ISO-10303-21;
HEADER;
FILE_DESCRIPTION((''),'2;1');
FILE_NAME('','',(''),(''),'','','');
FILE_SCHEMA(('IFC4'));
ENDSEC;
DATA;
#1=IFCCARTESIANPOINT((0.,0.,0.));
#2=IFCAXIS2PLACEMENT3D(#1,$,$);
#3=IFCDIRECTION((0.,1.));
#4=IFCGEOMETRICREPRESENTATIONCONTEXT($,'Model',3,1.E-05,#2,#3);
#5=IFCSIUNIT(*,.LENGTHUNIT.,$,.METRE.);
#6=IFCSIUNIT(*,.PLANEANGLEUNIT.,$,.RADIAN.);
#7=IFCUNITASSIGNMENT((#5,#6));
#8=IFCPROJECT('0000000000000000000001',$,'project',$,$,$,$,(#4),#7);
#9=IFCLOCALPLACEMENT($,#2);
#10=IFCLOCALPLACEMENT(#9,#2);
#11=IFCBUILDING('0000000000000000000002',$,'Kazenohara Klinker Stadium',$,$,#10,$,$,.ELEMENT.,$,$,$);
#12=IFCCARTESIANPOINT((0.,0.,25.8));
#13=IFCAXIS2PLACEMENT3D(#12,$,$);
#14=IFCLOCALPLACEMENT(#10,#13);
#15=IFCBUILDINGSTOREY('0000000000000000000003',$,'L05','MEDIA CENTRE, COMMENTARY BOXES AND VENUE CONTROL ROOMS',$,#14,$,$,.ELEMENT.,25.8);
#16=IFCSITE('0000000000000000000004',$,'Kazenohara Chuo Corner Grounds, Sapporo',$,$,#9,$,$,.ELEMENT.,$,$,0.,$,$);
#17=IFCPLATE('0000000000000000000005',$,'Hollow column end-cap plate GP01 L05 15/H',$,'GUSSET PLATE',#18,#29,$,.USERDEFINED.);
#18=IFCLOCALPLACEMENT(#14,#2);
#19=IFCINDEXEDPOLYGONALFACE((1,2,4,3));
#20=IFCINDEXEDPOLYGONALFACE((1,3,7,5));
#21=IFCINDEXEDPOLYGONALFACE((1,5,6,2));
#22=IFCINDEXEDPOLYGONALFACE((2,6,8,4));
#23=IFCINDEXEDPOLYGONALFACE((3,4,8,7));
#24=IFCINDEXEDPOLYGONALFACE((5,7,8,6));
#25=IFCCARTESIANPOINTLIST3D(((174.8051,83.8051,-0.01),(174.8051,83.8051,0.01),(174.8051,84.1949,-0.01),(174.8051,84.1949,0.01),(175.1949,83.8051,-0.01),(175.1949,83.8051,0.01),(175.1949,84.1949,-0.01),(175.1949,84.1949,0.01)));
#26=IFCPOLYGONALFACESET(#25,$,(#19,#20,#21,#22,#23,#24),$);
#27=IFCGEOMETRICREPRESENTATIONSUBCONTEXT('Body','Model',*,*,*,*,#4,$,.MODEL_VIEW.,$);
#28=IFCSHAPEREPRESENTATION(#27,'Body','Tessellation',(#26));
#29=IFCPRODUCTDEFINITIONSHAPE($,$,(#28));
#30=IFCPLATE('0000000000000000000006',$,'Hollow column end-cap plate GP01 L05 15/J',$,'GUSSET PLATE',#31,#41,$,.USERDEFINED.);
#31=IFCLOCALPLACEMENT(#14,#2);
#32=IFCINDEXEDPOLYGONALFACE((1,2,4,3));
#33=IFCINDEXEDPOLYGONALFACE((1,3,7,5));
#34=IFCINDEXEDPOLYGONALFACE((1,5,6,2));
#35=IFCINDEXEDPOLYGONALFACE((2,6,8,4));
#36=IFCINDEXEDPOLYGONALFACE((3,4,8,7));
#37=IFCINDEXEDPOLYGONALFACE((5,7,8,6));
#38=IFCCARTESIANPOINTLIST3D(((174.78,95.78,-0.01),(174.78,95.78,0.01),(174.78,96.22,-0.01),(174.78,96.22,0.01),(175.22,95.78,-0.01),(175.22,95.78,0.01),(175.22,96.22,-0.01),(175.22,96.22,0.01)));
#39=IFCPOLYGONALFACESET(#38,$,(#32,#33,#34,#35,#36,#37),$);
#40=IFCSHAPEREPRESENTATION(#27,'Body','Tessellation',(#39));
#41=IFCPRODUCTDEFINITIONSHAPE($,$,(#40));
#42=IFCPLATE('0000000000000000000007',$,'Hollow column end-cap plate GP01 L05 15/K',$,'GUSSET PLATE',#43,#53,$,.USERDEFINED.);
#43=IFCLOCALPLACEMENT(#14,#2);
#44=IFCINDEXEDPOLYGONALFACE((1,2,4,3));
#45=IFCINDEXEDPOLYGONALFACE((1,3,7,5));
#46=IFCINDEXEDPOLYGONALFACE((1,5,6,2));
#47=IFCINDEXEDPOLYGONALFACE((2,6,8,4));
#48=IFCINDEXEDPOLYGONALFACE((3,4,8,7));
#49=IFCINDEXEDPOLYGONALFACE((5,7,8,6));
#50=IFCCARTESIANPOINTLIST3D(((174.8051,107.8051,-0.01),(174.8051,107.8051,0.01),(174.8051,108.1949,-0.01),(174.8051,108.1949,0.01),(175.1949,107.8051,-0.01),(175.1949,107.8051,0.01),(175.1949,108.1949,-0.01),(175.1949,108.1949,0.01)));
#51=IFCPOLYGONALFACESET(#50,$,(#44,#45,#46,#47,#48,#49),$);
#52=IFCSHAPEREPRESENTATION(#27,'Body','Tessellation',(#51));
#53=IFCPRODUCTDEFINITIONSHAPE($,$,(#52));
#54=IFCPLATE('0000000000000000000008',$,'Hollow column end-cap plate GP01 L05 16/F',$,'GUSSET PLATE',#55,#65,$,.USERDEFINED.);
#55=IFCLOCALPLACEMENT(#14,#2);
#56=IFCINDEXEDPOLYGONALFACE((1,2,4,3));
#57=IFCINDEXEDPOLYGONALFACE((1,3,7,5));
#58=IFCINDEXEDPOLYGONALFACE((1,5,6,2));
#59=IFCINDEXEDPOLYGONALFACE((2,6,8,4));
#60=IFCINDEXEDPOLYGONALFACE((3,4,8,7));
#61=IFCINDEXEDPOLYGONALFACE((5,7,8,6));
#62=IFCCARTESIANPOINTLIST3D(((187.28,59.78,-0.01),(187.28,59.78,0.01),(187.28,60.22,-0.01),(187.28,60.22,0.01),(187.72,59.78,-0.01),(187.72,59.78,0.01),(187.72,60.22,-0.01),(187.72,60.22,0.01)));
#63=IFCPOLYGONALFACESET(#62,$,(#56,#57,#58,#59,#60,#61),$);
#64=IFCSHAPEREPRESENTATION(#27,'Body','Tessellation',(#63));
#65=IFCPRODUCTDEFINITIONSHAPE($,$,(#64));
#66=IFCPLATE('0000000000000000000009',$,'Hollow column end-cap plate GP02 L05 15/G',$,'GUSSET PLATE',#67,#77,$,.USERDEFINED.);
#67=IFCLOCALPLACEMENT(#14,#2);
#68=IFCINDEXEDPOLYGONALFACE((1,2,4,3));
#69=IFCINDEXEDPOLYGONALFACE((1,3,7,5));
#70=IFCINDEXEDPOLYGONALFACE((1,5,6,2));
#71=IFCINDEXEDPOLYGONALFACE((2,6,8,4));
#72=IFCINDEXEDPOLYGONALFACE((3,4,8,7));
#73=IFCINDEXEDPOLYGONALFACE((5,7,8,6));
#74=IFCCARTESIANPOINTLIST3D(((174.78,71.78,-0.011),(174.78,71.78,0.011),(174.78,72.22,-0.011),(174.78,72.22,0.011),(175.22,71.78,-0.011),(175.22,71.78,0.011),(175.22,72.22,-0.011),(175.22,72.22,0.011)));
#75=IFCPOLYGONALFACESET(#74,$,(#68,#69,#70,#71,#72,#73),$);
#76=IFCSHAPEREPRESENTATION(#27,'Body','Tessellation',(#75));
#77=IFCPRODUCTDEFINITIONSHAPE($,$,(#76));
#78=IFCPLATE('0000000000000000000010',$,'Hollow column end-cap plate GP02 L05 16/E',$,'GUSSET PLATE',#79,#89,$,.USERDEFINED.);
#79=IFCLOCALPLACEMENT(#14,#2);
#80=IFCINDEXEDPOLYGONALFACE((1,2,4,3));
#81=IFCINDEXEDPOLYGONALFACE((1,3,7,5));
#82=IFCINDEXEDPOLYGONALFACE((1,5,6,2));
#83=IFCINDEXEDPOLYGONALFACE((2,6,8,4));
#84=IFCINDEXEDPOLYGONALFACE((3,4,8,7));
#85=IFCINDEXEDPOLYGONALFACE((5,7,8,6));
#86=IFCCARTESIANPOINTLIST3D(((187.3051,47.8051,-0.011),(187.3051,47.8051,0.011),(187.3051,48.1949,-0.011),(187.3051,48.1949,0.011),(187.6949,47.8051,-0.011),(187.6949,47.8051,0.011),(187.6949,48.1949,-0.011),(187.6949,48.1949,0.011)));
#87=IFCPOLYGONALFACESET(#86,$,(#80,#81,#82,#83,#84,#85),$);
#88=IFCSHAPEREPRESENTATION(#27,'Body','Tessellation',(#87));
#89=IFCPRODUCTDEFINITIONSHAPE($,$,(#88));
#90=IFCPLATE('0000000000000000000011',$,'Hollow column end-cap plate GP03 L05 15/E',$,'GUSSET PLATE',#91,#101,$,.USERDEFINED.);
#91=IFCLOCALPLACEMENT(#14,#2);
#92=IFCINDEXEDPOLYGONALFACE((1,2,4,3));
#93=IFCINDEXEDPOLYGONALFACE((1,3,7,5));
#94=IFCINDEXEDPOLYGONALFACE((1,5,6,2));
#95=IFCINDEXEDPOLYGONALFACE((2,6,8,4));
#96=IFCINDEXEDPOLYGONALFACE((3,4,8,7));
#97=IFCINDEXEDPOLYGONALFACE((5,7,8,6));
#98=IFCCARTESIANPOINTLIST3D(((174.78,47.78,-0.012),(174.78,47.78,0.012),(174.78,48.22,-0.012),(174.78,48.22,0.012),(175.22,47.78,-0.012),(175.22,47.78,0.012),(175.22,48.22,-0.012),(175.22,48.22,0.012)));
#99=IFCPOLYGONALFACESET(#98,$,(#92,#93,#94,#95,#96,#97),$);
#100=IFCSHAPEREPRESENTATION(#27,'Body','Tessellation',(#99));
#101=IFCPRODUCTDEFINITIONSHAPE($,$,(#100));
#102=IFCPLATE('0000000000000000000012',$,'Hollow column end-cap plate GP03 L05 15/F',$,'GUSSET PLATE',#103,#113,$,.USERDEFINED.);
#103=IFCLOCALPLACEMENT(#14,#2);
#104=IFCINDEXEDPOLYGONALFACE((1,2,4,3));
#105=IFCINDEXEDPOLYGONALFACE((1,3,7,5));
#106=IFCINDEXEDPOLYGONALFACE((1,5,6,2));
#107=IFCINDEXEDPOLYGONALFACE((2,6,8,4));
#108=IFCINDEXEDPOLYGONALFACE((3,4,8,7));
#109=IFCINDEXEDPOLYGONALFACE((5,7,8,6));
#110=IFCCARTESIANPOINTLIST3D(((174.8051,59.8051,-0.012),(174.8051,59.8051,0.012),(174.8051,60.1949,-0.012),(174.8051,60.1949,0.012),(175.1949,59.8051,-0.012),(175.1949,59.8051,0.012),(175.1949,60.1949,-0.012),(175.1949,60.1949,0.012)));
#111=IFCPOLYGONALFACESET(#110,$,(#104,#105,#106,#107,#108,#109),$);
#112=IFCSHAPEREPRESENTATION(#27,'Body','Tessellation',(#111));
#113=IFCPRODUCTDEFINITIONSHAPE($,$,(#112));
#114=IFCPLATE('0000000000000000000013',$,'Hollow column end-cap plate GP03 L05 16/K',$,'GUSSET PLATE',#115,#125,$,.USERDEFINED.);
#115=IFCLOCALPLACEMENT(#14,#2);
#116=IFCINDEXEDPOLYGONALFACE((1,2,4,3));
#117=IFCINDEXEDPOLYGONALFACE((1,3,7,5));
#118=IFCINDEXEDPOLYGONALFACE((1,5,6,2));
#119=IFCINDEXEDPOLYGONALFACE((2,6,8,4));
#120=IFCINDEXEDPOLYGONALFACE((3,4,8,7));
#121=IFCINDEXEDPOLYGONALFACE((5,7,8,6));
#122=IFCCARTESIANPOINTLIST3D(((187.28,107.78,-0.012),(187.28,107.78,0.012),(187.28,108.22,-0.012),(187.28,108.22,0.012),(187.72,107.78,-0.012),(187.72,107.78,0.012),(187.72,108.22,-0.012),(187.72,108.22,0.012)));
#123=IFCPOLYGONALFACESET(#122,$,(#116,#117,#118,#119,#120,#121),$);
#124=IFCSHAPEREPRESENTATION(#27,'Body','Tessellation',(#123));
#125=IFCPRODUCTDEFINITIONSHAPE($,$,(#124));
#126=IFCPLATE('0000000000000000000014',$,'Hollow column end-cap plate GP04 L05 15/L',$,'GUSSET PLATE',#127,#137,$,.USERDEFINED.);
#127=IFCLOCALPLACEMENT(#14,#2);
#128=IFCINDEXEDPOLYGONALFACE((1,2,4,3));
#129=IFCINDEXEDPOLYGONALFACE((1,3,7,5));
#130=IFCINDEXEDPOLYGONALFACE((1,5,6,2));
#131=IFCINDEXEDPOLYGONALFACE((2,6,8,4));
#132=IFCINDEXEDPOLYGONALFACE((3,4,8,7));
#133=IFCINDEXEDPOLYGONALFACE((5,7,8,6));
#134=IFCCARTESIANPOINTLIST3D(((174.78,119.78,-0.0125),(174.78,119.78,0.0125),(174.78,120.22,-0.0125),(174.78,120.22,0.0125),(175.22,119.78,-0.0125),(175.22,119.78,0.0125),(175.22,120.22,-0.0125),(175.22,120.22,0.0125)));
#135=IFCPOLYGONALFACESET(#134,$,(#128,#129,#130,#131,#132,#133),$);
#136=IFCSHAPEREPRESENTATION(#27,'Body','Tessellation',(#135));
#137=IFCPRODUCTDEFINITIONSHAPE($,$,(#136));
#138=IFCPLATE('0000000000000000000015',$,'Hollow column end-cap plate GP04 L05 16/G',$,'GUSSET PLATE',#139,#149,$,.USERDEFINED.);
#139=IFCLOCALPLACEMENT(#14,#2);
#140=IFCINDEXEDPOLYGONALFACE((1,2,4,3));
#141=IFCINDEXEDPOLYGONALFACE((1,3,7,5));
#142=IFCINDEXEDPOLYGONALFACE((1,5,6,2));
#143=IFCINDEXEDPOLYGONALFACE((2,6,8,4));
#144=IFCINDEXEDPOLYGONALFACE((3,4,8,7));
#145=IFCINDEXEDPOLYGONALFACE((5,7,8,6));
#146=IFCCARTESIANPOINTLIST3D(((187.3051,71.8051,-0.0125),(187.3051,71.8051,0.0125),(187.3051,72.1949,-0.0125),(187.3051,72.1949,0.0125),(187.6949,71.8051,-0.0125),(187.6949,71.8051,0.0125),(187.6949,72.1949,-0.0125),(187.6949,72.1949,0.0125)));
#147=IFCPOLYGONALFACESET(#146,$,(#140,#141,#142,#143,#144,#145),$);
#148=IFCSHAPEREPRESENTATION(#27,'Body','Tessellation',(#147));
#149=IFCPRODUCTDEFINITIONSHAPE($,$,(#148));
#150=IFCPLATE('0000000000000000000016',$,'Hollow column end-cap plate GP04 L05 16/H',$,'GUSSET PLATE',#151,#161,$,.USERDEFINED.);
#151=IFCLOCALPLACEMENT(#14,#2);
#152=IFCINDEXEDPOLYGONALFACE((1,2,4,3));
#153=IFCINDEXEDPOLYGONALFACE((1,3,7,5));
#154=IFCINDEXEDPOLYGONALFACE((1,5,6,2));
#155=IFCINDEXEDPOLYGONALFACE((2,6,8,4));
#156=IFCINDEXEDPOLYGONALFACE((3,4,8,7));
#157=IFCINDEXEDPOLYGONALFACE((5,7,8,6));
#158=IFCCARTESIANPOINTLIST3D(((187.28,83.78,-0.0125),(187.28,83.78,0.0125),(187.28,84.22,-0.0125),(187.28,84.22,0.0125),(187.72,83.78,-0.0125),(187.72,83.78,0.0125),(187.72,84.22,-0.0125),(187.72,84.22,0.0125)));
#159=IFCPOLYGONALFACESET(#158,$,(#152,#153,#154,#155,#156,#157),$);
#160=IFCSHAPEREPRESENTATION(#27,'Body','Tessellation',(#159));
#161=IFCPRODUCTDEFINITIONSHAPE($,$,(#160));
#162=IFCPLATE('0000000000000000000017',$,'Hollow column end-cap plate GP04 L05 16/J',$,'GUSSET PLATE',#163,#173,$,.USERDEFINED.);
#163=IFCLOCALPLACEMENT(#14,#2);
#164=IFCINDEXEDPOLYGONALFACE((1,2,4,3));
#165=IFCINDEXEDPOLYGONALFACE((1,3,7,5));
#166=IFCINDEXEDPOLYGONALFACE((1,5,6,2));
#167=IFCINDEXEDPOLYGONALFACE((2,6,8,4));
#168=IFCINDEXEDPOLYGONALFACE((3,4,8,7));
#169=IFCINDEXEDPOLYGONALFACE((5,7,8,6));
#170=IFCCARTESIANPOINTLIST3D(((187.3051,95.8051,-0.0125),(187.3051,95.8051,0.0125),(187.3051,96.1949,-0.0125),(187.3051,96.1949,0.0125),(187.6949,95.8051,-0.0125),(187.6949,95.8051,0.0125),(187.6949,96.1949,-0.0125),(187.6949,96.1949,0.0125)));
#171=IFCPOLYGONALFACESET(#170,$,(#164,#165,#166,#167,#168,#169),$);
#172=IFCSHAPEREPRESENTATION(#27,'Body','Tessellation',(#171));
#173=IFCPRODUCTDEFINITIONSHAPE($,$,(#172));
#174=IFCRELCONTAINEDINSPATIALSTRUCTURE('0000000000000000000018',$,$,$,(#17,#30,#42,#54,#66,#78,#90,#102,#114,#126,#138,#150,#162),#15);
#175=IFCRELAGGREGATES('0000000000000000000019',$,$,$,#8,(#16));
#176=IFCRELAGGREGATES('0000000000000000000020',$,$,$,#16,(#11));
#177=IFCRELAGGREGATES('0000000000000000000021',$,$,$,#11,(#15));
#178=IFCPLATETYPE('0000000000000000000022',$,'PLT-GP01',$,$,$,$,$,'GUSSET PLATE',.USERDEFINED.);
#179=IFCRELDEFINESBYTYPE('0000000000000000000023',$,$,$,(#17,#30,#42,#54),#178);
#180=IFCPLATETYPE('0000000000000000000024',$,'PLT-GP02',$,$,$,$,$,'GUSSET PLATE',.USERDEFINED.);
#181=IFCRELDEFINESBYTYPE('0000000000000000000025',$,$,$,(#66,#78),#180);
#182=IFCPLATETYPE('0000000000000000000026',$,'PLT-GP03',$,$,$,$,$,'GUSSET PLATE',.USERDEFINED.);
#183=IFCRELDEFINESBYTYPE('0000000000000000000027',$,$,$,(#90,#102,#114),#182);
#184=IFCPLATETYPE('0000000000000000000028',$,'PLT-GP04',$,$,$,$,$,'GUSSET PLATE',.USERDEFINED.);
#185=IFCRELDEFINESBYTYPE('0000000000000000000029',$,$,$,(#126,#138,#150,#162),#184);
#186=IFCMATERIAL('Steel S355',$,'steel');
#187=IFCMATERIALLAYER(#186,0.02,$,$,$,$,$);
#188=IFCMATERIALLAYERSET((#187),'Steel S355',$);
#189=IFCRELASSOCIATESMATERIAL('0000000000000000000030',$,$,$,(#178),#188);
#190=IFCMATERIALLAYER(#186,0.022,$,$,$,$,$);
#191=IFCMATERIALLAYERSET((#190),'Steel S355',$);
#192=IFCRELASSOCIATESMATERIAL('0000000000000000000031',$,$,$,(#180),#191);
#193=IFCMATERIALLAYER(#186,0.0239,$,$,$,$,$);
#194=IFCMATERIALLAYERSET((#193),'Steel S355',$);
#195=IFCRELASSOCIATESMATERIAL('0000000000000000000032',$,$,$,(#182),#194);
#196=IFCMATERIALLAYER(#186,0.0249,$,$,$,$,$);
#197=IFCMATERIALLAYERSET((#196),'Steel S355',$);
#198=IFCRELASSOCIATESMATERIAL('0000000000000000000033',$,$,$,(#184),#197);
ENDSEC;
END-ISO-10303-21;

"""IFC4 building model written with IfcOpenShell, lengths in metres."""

from ifc_helpers import new_model, si_unit, direction, frame, origin, origin_2d, place, context, subcontext, project, spatial, rectangle, extrude, material, layer, layer_set, type_object, element, save


model = new_model("IFC4")

# Units and contexts
model_context = context("Model", 3, precision=1e-05, world=origin(), true_north=direction((0.0, 1.0)))
body_context = subcontext(model_context, "Body", "Model", "MODEL_VIEW")
ifc_project = project(units=[si_unit("LENGTHUNIT", "METRE"), si_unit("PLANEANGLEUNIT", "RADIAN")], contexts=[model_context])

# Site, building, storey
site_placement = place(None, origin())
site = spatial("IfcSite", under=ifc_project, at=site_placement, Name="Kazenohara Chuo Corner Grounds, Sapporo", CompositionType="ELEMENT", RefElevation=0.0)
building_placement = place(site_placement, origin())
building = spatial("IfcBuilding", under=site, at=building_placement, Name="Kazenohara Klinker Stadium", CompositionType="ELEMENT")
storey_placement = place(building_placement, frame((0.0, 0.0, 25.8)))
storey = spatial("IfcBuildingStorey", under=building, at=storey_placement, Name="L05", Description="MEDIA CENTRE, COMMENTARY BOXES AND VENUE CONTROL ROOMS", CompositionType="ELEMENT", Elevation=25.8)

# Shared definitions
ifc_material_1 = material(Name="Steel S355", Category="steel")

# Plates
ifc_layer_1 = layer(ifc_material_1, 0.02)
ifc_layer_set_1 = layer_set([ifc_layer_1], Name="Steel S355")
plate_type_1 = type_object("IfcPlateType", Name="PLT-GP01", ElementType="GUSSET PLATE", PredefinedType="USERDEFINED", material=ifc_layer_set_1)
plate_1_placement = place(storey_placement, frame((175.0, 84.0, -0.01), z_axis=(0.0, 0.0, 1.0), x_axis=(1.0, 0.0, 0.0)))
element("IfcPlate", 1, at=plate_1_placement, inside=storey, type_object=plate_type_1, Name="Hollow column end-cap plate GP01 L05 15/H", ObjectType="GUSSET PLATE", PredefinedType="USERDEFINED", context=body_context, shape_type="SweptSolid", body=[
    extrude(rectangle(XDim=0.3899, YDim=0.3899, at=origin_2d()), origin(), (0.0, 0.0, 1.0), 0.02),
])
plate_2_placement = place(storey_placement, frame((175.0, 96.0, -0.01), z_axis=(0.0, 0.0, 1.0), x_axis=(1.0, 0.0, 0.0)))
element("IfcPlate", 2, at=plate_2_placement, inside=storey, type_object=plate_type_1, Name="Hollow column end-cap plate GP01 L05 15/J", ObjectType="GUSSET PLATE", PredefinedType="USERDEFINED", context=body_context, shape_type="SweptSolid", body=[
    extrude(rectangle(XDim=0.4399, YDim=0.4399, at=origin_2d()), origin(), (0.0, 0.0, 1.0), 0.02),
])
plate_3_placement = place(storey_placement, frame((175.0, 108.0, -0.01), z_axis=(0.0, 0.0, 1.0), x_axis=(1.0, 0.0, 0.0)))
element("IfcPlate", 3, at=plate_3_placement, inside=storey, type_object=plate_type_1, Name="Hollow column end-cap plate GP01 L05 15/K", ObjectType="GUSSET PLATE", PredefinedType="USERDEFINED", context=body_context, shape_type="SweptSolid", body=[
    extrude(rectangle(XDim=0.3899, YDim=0.3899, at=origin_2d()), origin(), (0.0, 0.0, 1.0), 0.02),
])
plate_4_placement = place(storey_placement, frame((187.5, 60.0, -0.01), z_axis=(0.0, 0.0, 1.0), x_axis=(1.0, 0.0, 0.0)))
element("IfcPlate", 4, at=plate_4_placement, inside=storey, type_object=plate_type_1, Name="Hollow column end-cap plate GP01 L05 16/F", ObjectType="GUSSET PLATE", PredefinedType="USERDEFINED", context=body_context, shape_type="SweptSolid", body=[
    extrude(rectangle(XDim=0.4399, YDim=0.4399, at=origin_2d()), origin(), (0.0, 0.0, 1.0), 0.02),
])
ifc_layer_2 = layer(ifc_material_1, 0.022)
ifc_layer_set_2 = layer_set([ifc_layer_2], Name="Steel S355")
plate_type_2 = type_object("IfcPlateType", Name="PLT-GP02", ElementType="GUSSET PLATE", PredefinedType="USERDEFINED", material=ifc_layer_set_2)
plate_5_placement = place(storey_placement, frame((175.0, 72.0, -0.011), z_axis=(0.0, 0.0, 1.0), x_axis=(1.0, 0.0, 0.0)))
element("IfcPlate", 5, at=plate_5_placement, inside=storey, type_object=plate_type_2, Name="Hollow column end-cap plate GP02 L05 15/G", ObjectType="GUSSET PLATE", PredefinedType="USERDEFINED", context=body_context, shape_type="SweptSolid", body=[
    extrude(rectangle(XDim=0.4399, YDim=0.4399, at=origin_2d()), origin(), (0.0, 0.0, 1.0), 0.022),
])
plate_6_placement = place(storey_placement, frame((187.5, 48.0, -0.011), z_axis=(0.0, 0.0, 1.0), x_axis=(1.0, 0.0, 0.0)))
element("IfcPlate", 6, at=plate_6_placement, inside=storey, type_object=plate_type_2, Name="Hollow column end-cap plate GP02 L05 16/E", ObjectType="GUSSET PLATE", PredefinedType="USERDEFINED", context=body_context, shape_type="SweptSolid", body=[
    extrude(rectangle(XDim=0.3899, YDim=0.3899, at=origin_2d()), origin(), (0.0, 0.0, 1.0), 0.022),
])
ifc_layer_3 = layer(ifc_material_1, 0.0239)
ifc_layer_set_3 = layer_set([ifc_layer_3], Name="Steel S355")
plate_type_3 = type_object("IfcPlateType", Name="PLT-GP03", ElementType="GUSSET PLATE", PredefinedType="USERDEFINED", material=ifc_layer_set_3)
plate_7_placement = place(storey_placement, frame((175.0, 48.0, -0.012), z_axis=(0.0, 0.0, 1.0), x_axis=(1.0, 0.0, 0.0)))
element("IfcPlate", 7, at=plate_7_placement, inside=storey, type_object=plate_type_3, Name="Hollow column end-cap plate GP03 L05 15/E", ObjectType="GUSSET PLATE", PredefinedType="USERDEFINED", context=body_context, shape_type="SweptSolid", body=[
    extrude(rectangle(XDim=0.4399, YDim=0.4399, at=origin_2d()), origin(), (0.0, 0.0, 1.0), 0.0239),
])
plate_8_placement = place(storey_placement, frame((175.0, 60.0, -0.012), z_axis=(0.0, 0.0, 1.0), x_axis=(1.0, 0.0, 0.0)))
element("IfcPlate", 8, at=plate_8_placement, inside=storey, type_object=plate_type_3, Name="Hollow column end-cap plate GP03 L05 15/F", ObjectType="GUSSET PLATE", PredefinedType="USERDEFINED", context=body_context, shape_type="SweptSolid", body=[
    extrude(rectangle(XDim=0.3899, YDim=0.3899, at=origin_2d()), origin(), (0.0, 0.0, 1.0), 0.0239),
])
plate_9_placement = place(storey_placement, frame((187.5, 108.0, -0.012), z_axis=(0.0, 0.0, 1.0), x_axis=(1.0, 0.0, 0.0)))
element("IfcPlate", 9, at=plate_9_placement, inside=storey, type_object=plate_type_3, Name="Hollow column end-cap plate GP03 L05 16/K", ObjectType="GUSSET PLATE", PredefinedType="USERDEFINED", context=body_context, shape_type="SweptSolid", body=[
    extrude(rectangle(XDim=0.4399, YDim=0.4399, at=origin_2d()), origin(), (0.0, 0.0, 1.0), 0.0239),
])
ifc_layer_4 = layer(ifc_material_1, 0.0249)
ifc_layer_set_4 = layer_set([ifc_layer_4], Name="Steel S355")
plate_type_4 = type_object("IfcPlateType", Name="PLT-GP04", ElementType="GUSSET PLATE", PredefinedType="USERDEFINED", material=ifc_layer_set_4)
plate_10_placement = place(storey_placement, frame((175.0, 120.0, -0.0125), z_axis=(0.0, 0.0, 1.0), x_axis=(1.0, 0.0, 0.0)))
element("IfcPlate", 10, at=plate_10_placement, inside=storey, type_object=plate_type_4, Name="Hollow column end-cap plate GP04 L05 15/L", ObjectType="GUSSET PLATE", PredefinedType="USERDEFINED", context=body_context, shape_type="SweptSolid", body=[
    extrude(rectangle(XDim=0.4399, YDim=0.4399, at=origin_2d()), origin(), (0.0, 0.0, 1.0), 0.0249),
])
plate_11_placement = place(storey_placement, frame((187.5, 72.0, -0.0125), z_axis=(0.0, 0.0, 1.0), x_axis=(1.0, 0.0, 0.0)))
element("IfcPlate", 11, at=plate_11_placement, inside=storey, type_object=plate_type_4, Name="Hollow column end-cap plate GP04 L05 16/G", ObjectType="GUSSET PLATE", PredefinedType="USERDEFINED", context=body_context, shape_type="SweptSolid", body=[
    extrude(rectangle(XDim=0.3899, YDim=0.3899, at=origin_2d()), origin(), (0.0, 0.0, 1.0), 0.0249),
])
plate_12_placement = place(storey_placement, frame((187.5, 84.0, -0.0125), z_axis=(0.0, 0.0, 1.0), x_axis=(1.0, 0.0, 0.0)))
element("IfcPlate", 12, at=plate_12_placement, inside=storey, type_object=plate_type_4, Name="Hollow column end-cap plate GP04 L05 16/H", ObjectType="GUSSET PLATE", PredefinedType="USERDEFINED", context=body_context, shape_type="SweptSolid", body=[
    extrude(rectangle(XDim=0.4399, YDim=0.4399, at=origin_2d()), origin(), (0.0, 0.0, 1.0), 0.0249),
])
plate_13_placement = place(storey_placement, frame((187.5, 96.0, -0.0125), z_axis=(0.0, 0.0, 1.0), x_axis=(1.0, 0.0, 0.0)))
element("IfcPlate", 13, at=plate_13_placement, inside=storey, type_object=plate_type_4, Name="Hollow column end-cap plate GP04 L05 16/J", ObjectType="GUSSET PLATE", PredefinedType="USERDEFINED", context=body_context, shape_type="SweptSolid", body=[
    extrude(rectangle(XDim=0.3899, YDim=0.3899, at=origin_2d()), origin(), (0.0, 0.0, 1.0), 0.0249),
])

save(model, "model.ifc")
